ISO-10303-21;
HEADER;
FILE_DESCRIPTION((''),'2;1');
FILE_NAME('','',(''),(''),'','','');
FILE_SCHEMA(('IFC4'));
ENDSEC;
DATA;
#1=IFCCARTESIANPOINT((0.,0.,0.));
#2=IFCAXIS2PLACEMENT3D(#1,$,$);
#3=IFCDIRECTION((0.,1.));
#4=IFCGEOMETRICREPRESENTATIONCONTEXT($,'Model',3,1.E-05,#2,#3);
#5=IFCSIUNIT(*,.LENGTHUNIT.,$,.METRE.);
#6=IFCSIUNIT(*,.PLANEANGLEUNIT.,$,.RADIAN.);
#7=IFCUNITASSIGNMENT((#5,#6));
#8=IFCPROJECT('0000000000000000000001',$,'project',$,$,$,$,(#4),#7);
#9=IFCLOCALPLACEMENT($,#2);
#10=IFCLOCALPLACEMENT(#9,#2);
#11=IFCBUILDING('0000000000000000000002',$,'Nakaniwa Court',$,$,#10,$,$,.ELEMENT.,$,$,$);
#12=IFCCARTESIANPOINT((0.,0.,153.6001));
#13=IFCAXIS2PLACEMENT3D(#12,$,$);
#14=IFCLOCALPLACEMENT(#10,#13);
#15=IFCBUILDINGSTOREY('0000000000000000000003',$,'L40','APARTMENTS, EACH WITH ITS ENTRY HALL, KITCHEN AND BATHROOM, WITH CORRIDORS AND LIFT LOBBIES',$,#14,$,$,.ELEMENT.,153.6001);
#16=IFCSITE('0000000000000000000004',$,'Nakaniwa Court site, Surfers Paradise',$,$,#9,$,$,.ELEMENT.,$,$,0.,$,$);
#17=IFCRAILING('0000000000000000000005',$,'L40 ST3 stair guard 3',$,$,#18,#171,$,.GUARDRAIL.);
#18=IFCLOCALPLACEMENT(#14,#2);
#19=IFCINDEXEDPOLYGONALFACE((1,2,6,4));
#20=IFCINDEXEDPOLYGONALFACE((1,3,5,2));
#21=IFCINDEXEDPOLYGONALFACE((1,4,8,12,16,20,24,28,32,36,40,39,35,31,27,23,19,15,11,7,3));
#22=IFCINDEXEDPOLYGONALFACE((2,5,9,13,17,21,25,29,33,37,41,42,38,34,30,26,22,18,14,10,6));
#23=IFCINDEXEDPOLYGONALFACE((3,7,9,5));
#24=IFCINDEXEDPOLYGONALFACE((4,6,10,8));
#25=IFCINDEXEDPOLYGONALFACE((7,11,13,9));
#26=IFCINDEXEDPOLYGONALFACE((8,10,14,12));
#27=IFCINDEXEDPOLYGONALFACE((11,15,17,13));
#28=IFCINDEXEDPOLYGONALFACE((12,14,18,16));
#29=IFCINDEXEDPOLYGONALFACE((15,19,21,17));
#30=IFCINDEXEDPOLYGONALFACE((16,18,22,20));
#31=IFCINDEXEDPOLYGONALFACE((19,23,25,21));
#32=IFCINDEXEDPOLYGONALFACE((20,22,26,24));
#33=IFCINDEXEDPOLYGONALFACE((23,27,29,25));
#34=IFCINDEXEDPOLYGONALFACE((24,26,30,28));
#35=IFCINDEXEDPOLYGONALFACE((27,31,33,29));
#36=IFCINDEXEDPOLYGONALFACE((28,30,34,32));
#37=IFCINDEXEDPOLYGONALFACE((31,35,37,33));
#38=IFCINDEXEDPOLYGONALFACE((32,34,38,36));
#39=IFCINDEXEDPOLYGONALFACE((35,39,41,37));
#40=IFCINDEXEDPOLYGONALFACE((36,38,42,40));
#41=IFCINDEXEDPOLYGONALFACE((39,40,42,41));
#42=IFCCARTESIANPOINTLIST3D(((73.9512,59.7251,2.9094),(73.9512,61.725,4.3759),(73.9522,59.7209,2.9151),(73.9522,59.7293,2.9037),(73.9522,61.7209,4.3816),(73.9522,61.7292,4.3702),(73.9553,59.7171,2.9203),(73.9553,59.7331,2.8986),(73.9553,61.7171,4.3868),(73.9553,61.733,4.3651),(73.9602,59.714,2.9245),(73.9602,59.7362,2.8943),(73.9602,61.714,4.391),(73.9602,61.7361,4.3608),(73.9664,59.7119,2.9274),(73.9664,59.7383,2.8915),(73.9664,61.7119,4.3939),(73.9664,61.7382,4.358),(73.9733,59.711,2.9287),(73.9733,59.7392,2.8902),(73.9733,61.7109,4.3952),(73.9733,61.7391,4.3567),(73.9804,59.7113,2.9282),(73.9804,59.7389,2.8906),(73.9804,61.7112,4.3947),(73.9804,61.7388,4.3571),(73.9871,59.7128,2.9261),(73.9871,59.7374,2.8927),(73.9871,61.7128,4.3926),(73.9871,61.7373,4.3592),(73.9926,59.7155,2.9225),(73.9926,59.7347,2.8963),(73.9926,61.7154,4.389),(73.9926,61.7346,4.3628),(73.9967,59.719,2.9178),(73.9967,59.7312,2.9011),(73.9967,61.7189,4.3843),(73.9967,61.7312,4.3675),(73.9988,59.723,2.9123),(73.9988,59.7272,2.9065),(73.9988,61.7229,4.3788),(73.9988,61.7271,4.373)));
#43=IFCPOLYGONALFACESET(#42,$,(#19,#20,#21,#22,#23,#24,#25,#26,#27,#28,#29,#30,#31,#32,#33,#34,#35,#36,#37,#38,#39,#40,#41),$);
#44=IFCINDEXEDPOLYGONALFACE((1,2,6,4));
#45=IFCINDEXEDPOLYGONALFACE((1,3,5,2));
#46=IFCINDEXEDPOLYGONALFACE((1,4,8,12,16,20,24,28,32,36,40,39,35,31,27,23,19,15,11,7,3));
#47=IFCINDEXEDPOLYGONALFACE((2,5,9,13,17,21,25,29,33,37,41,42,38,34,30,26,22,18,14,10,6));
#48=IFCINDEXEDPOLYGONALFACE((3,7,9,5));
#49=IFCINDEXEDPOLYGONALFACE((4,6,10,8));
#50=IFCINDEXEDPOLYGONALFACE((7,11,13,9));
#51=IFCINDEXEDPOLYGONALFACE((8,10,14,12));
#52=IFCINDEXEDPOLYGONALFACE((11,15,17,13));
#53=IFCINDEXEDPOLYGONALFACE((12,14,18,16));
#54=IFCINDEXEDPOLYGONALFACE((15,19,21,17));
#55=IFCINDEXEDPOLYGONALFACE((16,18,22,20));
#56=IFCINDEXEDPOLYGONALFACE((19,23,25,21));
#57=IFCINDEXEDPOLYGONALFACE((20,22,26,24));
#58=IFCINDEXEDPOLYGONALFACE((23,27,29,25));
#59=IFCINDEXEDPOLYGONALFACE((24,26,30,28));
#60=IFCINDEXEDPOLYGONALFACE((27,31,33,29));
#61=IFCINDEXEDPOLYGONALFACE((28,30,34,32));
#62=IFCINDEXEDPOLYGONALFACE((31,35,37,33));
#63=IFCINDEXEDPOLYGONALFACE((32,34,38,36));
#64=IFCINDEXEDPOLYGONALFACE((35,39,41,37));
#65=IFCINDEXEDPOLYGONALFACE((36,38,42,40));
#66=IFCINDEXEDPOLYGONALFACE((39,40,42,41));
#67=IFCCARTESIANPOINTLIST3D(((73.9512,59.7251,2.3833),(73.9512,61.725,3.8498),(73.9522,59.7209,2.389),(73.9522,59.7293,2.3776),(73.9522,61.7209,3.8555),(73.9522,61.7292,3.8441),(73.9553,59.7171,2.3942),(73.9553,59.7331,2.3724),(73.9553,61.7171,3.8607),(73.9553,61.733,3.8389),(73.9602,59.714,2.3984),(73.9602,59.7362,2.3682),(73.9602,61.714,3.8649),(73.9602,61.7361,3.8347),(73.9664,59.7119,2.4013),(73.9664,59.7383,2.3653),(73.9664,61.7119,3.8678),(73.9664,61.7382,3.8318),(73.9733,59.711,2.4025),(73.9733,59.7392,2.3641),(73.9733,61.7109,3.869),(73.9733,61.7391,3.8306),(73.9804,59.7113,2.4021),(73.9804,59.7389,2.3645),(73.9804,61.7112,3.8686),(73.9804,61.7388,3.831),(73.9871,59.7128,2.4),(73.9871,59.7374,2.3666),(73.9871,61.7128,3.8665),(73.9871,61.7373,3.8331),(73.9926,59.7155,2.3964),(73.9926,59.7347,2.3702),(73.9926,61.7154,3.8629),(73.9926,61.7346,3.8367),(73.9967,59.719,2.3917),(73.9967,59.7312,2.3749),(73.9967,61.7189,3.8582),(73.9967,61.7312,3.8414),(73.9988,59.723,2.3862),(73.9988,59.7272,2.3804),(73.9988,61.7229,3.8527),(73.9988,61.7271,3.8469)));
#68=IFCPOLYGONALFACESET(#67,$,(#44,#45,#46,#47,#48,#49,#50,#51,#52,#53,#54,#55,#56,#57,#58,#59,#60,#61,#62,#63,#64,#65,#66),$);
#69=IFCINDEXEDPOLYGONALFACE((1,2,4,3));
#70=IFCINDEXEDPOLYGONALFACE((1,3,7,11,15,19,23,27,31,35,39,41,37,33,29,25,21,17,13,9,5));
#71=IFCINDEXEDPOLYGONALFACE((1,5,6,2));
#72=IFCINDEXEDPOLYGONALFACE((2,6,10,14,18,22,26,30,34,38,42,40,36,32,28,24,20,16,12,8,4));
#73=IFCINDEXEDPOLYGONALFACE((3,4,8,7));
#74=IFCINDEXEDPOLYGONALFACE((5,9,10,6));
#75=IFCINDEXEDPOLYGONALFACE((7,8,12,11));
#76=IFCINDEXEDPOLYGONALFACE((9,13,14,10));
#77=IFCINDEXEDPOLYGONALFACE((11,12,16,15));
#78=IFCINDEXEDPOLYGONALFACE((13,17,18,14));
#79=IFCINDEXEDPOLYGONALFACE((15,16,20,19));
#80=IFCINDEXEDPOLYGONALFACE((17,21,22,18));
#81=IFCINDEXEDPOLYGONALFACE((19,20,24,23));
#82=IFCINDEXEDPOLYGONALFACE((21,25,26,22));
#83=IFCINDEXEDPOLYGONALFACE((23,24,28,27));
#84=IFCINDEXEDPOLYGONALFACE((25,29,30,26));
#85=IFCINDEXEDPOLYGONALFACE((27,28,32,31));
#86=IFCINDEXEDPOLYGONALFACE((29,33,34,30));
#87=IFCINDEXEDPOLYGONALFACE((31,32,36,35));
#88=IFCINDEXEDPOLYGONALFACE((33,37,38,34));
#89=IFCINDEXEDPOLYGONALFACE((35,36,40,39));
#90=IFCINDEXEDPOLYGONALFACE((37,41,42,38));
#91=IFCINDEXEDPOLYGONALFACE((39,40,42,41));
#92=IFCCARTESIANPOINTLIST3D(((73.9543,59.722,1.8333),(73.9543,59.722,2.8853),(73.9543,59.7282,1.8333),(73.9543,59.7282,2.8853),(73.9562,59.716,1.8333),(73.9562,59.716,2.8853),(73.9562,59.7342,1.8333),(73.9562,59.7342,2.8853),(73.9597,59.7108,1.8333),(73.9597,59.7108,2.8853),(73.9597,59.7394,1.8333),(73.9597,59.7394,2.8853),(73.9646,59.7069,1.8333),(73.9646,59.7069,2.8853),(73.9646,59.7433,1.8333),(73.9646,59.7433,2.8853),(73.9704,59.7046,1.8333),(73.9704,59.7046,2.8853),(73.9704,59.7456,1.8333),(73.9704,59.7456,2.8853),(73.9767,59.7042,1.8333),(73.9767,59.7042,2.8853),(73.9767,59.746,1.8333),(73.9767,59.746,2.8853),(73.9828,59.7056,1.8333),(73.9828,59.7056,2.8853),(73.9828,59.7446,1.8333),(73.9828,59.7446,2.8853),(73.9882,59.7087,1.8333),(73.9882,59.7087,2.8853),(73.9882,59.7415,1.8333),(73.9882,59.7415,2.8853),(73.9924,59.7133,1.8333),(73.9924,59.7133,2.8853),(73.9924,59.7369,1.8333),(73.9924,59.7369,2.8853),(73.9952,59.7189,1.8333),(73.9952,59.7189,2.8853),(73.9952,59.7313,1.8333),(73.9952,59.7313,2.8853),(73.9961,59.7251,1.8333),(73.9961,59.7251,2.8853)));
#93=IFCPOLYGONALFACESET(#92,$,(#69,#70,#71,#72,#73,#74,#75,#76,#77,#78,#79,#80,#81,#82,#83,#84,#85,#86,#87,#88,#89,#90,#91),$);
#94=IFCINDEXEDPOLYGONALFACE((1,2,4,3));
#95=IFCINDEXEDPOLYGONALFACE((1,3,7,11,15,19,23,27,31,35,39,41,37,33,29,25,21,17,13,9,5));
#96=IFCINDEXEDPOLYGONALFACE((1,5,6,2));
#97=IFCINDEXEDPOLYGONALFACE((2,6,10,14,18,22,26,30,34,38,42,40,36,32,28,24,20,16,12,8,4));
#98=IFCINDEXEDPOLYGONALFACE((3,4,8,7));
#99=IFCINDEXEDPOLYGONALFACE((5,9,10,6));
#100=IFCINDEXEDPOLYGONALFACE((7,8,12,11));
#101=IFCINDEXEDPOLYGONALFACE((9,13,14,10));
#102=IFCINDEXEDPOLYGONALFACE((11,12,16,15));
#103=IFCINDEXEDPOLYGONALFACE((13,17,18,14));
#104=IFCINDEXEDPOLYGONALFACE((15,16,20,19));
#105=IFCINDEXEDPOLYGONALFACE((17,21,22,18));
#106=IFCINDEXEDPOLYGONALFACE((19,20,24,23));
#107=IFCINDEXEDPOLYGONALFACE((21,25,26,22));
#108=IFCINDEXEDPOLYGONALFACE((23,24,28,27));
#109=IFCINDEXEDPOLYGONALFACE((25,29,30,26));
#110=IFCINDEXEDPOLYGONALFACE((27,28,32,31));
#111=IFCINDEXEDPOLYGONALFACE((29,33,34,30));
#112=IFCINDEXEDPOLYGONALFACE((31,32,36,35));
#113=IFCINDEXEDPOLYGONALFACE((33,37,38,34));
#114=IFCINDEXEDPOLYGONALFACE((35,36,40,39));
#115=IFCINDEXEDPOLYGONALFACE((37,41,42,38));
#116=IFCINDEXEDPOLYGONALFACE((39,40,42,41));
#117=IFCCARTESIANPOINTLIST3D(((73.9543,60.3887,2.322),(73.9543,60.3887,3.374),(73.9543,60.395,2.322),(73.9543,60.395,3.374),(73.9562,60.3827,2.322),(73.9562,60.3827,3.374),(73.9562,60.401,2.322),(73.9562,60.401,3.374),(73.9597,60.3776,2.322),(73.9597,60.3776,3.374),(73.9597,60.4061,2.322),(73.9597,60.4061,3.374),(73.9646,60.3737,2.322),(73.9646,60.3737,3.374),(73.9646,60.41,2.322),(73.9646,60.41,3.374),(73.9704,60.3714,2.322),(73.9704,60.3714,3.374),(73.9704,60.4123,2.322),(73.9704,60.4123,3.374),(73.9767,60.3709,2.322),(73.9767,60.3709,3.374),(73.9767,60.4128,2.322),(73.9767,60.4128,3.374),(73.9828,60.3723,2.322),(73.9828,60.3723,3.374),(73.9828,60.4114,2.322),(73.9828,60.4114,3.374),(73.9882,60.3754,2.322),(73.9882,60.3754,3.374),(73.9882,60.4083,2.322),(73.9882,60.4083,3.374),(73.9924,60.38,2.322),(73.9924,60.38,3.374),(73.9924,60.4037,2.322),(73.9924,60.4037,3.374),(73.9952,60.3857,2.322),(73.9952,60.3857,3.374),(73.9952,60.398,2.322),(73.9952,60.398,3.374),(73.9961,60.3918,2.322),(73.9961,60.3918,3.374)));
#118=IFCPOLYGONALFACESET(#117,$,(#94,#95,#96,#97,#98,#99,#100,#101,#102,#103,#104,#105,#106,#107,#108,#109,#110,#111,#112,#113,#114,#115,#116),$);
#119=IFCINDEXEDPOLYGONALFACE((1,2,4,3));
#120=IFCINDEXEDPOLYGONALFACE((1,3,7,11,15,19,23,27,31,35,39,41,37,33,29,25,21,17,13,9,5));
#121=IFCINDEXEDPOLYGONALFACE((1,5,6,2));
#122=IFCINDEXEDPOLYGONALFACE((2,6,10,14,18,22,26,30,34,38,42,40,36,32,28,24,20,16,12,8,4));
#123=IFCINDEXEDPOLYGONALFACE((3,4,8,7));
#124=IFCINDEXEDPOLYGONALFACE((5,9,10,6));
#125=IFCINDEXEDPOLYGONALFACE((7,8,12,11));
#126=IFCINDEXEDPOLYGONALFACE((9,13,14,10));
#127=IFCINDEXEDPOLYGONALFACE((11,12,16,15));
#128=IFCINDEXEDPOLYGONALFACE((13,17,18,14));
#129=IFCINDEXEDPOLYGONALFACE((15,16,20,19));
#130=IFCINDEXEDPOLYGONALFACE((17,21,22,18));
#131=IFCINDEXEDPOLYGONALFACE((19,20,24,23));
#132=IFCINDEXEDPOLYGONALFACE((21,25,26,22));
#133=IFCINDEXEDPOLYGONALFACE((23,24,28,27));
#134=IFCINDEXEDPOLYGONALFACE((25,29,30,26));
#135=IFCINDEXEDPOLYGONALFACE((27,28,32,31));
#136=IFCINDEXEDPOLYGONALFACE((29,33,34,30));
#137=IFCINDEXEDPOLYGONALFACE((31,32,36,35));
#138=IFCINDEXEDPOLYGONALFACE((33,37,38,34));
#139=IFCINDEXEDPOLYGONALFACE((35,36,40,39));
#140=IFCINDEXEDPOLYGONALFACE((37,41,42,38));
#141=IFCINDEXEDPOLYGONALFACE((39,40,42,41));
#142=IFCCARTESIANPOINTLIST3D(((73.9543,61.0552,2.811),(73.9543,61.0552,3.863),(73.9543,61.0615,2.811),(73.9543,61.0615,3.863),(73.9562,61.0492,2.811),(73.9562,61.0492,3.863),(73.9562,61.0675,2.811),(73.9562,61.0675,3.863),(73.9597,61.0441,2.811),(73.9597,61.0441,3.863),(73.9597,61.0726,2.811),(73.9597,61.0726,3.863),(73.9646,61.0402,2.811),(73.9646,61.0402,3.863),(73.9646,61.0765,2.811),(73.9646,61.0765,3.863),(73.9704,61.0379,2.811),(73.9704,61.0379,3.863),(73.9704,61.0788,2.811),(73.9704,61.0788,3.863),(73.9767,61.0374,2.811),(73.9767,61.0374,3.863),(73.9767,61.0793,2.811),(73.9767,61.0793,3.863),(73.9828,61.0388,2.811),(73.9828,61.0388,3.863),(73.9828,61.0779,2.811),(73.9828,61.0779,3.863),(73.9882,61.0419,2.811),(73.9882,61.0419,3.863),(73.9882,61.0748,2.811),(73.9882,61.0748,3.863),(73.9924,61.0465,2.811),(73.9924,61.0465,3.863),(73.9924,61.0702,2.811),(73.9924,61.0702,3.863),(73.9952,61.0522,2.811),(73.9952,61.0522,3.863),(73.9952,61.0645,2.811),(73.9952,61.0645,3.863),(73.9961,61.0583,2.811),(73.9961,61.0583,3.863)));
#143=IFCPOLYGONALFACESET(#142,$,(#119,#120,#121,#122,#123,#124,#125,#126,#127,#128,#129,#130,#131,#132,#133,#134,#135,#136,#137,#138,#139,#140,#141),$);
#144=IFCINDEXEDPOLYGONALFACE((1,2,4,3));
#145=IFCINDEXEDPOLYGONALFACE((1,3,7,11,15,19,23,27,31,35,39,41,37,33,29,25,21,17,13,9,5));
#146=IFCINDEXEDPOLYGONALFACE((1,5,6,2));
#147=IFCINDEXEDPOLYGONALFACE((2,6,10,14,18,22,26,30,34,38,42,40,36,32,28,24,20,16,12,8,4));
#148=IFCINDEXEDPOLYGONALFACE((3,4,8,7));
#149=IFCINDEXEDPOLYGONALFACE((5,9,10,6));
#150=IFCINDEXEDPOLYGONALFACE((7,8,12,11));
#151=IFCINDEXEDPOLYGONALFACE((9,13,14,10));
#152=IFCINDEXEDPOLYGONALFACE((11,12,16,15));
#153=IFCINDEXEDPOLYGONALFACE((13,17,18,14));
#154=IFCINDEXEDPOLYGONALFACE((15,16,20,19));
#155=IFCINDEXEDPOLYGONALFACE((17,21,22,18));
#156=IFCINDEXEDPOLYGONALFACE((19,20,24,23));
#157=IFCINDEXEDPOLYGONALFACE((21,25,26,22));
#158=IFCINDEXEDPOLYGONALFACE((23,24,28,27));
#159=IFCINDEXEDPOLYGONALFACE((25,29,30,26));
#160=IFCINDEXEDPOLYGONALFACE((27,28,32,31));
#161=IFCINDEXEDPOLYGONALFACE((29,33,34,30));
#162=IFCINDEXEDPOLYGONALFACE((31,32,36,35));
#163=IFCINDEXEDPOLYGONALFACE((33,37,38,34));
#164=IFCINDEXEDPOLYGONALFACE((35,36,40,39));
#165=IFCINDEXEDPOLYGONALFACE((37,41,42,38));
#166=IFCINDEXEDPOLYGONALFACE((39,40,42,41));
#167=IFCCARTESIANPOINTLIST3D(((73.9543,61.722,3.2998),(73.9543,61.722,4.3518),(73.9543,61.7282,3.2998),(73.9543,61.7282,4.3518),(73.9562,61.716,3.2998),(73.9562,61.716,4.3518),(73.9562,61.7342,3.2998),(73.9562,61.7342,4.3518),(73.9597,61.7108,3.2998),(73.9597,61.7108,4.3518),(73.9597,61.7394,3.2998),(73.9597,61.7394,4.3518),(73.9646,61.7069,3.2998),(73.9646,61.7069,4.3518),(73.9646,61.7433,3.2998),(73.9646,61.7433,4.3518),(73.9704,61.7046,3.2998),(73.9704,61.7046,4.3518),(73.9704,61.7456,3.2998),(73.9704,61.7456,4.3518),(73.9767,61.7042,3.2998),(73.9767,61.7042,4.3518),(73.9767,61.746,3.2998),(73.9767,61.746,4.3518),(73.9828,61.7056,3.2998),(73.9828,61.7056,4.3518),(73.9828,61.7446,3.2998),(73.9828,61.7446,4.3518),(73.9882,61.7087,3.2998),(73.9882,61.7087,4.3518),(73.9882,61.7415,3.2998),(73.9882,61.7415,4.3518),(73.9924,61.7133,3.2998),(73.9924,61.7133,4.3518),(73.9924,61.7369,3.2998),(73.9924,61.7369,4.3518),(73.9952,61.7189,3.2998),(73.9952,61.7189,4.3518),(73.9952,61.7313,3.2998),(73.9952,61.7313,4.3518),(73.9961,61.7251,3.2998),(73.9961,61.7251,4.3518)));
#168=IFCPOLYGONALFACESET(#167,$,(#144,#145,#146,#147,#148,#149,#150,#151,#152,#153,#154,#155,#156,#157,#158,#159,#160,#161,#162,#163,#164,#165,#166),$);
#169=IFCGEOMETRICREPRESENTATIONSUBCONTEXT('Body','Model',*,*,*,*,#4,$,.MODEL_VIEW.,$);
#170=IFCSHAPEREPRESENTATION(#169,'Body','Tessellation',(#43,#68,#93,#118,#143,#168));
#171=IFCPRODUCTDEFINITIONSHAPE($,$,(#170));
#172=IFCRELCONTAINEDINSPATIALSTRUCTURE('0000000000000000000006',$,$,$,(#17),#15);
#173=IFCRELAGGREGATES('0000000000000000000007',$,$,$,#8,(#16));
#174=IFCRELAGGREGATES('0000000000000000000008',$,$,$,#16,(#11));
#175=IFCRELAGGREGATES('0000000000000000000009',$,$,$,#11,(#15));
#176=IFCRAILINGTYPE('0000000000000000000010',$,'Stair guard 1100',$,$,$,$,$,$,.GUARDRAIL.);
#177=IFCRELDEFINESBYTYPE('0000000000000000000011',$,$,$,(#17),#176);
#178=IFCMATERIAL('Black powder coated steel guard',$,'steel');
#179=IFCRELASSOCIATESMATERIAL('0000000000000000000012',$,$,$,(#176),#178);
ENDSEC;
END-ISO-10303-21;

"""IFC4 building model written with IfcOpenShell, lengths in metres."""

from ifc_helpers import new_model, si_unit, direction, frame, origin, origin_2d, place, context, subcontext, project, spatial, circle, extrude, material, type_object, element, save


model = new_model("IFC4")

# Units and contexts
model_context = context("Model", 3, precision=1e-05, world=origin(), true_north=direction((0.0, 1.0)))
body_context = subcontext(model_context, "Body", "Model", "MODEL_VIEW")
ifc_project = project(units=[si_unit("LENGTHUNIT", "METRE"), si_unit("PLANEANGLEUNIT", "RADIAN")], contexts=[model_context])

# Site, building, storey
site_placement = place(None, origin())
site = spatial("IfcSite", under=ifc_project, at=site_placement, Name="Nakaniwa Court site, Surfers Paradise", CompositionType="ELEMENT", RefElevation=0.0)
building_placement = place(site_placement, origin())
building = spatial("IfcBuilding", under=site, at=building_placement, Name="Nakaniwa Court", CompositionType="ELEMENT")
storey_placement = place(building_placement, frame((0.0, 0.0, 153.6001)))
storey = spatial("IfcBuildingStorey", under=building, at=storey_placement, Name="L40", Description="APARTMENTS, EACH WITH ITS ENTRY HALL, KITCHEN AND BATHROOM, WITH CORRIDORS AND LIFT LOBBIES", CompositionType="ELEMENT", Elevation=153.6001)

# Railing
ifc_material_1 = material(Name="Black powder coated steel guard", Category="steel")
railing_type_1 = type_object("IfcRailingType", Name="Stair guard 1100", PredefinedType="GUARDRAIL", material=ifc_material_1)
railing_1_placement = place(storey_placement, frame((73.9751, 59.7251, 1.8333)))
element("IfcRailing", 1, at=railing_1_placement, inside=storey, type_object=railing_type_1, Name="L40 ST3 stair guard 3", PredefinedType="GUARDRAIL", context=body_context, shape_type="SweptSolid", body=[
    extrude(circle(Radius=0.0239, at=origin_2d()), frame((0.0, 0.0, 1.0762), z_axis=(0.0, 0.806427, 0.591334), x_axis=(-1.0, 0.0, 0.0)), (0.0, 0.0, 1.0), 2.48),
    extrude(circle(Radius=0.0239, at=origin_2d()), frame((0.0, 0.0, 0.55), z_axis=(0.0, 0.806427, 0.591334), x_axis=(-1.0, 0.0, 0.0)), (0.0, 0.0, 1.0), 2.48),
    extrude(circle(Radius=0.021, at=origin_2d()), origin(), (0.0, 0.0, 1.0), 1.052),
    extrude(circle(Radius=0.021, at=origin_2d()), frame((0.0, 0.6667, 0.4888)), (0.0, 0.0, 1.0), 1.052),
    extrude(circle(Radius=0.021, at=origin_2d()), frame((0.0, 1.3333, 0.9778)), (0.0, 0.0, 1.0), 1.052),
    extrude(circle(Radius=0.021, at=origin_2d()), frame((0.0, 2.0, 1.4666)), (0.0, 0.0, 1.0), 1.052),
])

save(model, "model.ifc")
